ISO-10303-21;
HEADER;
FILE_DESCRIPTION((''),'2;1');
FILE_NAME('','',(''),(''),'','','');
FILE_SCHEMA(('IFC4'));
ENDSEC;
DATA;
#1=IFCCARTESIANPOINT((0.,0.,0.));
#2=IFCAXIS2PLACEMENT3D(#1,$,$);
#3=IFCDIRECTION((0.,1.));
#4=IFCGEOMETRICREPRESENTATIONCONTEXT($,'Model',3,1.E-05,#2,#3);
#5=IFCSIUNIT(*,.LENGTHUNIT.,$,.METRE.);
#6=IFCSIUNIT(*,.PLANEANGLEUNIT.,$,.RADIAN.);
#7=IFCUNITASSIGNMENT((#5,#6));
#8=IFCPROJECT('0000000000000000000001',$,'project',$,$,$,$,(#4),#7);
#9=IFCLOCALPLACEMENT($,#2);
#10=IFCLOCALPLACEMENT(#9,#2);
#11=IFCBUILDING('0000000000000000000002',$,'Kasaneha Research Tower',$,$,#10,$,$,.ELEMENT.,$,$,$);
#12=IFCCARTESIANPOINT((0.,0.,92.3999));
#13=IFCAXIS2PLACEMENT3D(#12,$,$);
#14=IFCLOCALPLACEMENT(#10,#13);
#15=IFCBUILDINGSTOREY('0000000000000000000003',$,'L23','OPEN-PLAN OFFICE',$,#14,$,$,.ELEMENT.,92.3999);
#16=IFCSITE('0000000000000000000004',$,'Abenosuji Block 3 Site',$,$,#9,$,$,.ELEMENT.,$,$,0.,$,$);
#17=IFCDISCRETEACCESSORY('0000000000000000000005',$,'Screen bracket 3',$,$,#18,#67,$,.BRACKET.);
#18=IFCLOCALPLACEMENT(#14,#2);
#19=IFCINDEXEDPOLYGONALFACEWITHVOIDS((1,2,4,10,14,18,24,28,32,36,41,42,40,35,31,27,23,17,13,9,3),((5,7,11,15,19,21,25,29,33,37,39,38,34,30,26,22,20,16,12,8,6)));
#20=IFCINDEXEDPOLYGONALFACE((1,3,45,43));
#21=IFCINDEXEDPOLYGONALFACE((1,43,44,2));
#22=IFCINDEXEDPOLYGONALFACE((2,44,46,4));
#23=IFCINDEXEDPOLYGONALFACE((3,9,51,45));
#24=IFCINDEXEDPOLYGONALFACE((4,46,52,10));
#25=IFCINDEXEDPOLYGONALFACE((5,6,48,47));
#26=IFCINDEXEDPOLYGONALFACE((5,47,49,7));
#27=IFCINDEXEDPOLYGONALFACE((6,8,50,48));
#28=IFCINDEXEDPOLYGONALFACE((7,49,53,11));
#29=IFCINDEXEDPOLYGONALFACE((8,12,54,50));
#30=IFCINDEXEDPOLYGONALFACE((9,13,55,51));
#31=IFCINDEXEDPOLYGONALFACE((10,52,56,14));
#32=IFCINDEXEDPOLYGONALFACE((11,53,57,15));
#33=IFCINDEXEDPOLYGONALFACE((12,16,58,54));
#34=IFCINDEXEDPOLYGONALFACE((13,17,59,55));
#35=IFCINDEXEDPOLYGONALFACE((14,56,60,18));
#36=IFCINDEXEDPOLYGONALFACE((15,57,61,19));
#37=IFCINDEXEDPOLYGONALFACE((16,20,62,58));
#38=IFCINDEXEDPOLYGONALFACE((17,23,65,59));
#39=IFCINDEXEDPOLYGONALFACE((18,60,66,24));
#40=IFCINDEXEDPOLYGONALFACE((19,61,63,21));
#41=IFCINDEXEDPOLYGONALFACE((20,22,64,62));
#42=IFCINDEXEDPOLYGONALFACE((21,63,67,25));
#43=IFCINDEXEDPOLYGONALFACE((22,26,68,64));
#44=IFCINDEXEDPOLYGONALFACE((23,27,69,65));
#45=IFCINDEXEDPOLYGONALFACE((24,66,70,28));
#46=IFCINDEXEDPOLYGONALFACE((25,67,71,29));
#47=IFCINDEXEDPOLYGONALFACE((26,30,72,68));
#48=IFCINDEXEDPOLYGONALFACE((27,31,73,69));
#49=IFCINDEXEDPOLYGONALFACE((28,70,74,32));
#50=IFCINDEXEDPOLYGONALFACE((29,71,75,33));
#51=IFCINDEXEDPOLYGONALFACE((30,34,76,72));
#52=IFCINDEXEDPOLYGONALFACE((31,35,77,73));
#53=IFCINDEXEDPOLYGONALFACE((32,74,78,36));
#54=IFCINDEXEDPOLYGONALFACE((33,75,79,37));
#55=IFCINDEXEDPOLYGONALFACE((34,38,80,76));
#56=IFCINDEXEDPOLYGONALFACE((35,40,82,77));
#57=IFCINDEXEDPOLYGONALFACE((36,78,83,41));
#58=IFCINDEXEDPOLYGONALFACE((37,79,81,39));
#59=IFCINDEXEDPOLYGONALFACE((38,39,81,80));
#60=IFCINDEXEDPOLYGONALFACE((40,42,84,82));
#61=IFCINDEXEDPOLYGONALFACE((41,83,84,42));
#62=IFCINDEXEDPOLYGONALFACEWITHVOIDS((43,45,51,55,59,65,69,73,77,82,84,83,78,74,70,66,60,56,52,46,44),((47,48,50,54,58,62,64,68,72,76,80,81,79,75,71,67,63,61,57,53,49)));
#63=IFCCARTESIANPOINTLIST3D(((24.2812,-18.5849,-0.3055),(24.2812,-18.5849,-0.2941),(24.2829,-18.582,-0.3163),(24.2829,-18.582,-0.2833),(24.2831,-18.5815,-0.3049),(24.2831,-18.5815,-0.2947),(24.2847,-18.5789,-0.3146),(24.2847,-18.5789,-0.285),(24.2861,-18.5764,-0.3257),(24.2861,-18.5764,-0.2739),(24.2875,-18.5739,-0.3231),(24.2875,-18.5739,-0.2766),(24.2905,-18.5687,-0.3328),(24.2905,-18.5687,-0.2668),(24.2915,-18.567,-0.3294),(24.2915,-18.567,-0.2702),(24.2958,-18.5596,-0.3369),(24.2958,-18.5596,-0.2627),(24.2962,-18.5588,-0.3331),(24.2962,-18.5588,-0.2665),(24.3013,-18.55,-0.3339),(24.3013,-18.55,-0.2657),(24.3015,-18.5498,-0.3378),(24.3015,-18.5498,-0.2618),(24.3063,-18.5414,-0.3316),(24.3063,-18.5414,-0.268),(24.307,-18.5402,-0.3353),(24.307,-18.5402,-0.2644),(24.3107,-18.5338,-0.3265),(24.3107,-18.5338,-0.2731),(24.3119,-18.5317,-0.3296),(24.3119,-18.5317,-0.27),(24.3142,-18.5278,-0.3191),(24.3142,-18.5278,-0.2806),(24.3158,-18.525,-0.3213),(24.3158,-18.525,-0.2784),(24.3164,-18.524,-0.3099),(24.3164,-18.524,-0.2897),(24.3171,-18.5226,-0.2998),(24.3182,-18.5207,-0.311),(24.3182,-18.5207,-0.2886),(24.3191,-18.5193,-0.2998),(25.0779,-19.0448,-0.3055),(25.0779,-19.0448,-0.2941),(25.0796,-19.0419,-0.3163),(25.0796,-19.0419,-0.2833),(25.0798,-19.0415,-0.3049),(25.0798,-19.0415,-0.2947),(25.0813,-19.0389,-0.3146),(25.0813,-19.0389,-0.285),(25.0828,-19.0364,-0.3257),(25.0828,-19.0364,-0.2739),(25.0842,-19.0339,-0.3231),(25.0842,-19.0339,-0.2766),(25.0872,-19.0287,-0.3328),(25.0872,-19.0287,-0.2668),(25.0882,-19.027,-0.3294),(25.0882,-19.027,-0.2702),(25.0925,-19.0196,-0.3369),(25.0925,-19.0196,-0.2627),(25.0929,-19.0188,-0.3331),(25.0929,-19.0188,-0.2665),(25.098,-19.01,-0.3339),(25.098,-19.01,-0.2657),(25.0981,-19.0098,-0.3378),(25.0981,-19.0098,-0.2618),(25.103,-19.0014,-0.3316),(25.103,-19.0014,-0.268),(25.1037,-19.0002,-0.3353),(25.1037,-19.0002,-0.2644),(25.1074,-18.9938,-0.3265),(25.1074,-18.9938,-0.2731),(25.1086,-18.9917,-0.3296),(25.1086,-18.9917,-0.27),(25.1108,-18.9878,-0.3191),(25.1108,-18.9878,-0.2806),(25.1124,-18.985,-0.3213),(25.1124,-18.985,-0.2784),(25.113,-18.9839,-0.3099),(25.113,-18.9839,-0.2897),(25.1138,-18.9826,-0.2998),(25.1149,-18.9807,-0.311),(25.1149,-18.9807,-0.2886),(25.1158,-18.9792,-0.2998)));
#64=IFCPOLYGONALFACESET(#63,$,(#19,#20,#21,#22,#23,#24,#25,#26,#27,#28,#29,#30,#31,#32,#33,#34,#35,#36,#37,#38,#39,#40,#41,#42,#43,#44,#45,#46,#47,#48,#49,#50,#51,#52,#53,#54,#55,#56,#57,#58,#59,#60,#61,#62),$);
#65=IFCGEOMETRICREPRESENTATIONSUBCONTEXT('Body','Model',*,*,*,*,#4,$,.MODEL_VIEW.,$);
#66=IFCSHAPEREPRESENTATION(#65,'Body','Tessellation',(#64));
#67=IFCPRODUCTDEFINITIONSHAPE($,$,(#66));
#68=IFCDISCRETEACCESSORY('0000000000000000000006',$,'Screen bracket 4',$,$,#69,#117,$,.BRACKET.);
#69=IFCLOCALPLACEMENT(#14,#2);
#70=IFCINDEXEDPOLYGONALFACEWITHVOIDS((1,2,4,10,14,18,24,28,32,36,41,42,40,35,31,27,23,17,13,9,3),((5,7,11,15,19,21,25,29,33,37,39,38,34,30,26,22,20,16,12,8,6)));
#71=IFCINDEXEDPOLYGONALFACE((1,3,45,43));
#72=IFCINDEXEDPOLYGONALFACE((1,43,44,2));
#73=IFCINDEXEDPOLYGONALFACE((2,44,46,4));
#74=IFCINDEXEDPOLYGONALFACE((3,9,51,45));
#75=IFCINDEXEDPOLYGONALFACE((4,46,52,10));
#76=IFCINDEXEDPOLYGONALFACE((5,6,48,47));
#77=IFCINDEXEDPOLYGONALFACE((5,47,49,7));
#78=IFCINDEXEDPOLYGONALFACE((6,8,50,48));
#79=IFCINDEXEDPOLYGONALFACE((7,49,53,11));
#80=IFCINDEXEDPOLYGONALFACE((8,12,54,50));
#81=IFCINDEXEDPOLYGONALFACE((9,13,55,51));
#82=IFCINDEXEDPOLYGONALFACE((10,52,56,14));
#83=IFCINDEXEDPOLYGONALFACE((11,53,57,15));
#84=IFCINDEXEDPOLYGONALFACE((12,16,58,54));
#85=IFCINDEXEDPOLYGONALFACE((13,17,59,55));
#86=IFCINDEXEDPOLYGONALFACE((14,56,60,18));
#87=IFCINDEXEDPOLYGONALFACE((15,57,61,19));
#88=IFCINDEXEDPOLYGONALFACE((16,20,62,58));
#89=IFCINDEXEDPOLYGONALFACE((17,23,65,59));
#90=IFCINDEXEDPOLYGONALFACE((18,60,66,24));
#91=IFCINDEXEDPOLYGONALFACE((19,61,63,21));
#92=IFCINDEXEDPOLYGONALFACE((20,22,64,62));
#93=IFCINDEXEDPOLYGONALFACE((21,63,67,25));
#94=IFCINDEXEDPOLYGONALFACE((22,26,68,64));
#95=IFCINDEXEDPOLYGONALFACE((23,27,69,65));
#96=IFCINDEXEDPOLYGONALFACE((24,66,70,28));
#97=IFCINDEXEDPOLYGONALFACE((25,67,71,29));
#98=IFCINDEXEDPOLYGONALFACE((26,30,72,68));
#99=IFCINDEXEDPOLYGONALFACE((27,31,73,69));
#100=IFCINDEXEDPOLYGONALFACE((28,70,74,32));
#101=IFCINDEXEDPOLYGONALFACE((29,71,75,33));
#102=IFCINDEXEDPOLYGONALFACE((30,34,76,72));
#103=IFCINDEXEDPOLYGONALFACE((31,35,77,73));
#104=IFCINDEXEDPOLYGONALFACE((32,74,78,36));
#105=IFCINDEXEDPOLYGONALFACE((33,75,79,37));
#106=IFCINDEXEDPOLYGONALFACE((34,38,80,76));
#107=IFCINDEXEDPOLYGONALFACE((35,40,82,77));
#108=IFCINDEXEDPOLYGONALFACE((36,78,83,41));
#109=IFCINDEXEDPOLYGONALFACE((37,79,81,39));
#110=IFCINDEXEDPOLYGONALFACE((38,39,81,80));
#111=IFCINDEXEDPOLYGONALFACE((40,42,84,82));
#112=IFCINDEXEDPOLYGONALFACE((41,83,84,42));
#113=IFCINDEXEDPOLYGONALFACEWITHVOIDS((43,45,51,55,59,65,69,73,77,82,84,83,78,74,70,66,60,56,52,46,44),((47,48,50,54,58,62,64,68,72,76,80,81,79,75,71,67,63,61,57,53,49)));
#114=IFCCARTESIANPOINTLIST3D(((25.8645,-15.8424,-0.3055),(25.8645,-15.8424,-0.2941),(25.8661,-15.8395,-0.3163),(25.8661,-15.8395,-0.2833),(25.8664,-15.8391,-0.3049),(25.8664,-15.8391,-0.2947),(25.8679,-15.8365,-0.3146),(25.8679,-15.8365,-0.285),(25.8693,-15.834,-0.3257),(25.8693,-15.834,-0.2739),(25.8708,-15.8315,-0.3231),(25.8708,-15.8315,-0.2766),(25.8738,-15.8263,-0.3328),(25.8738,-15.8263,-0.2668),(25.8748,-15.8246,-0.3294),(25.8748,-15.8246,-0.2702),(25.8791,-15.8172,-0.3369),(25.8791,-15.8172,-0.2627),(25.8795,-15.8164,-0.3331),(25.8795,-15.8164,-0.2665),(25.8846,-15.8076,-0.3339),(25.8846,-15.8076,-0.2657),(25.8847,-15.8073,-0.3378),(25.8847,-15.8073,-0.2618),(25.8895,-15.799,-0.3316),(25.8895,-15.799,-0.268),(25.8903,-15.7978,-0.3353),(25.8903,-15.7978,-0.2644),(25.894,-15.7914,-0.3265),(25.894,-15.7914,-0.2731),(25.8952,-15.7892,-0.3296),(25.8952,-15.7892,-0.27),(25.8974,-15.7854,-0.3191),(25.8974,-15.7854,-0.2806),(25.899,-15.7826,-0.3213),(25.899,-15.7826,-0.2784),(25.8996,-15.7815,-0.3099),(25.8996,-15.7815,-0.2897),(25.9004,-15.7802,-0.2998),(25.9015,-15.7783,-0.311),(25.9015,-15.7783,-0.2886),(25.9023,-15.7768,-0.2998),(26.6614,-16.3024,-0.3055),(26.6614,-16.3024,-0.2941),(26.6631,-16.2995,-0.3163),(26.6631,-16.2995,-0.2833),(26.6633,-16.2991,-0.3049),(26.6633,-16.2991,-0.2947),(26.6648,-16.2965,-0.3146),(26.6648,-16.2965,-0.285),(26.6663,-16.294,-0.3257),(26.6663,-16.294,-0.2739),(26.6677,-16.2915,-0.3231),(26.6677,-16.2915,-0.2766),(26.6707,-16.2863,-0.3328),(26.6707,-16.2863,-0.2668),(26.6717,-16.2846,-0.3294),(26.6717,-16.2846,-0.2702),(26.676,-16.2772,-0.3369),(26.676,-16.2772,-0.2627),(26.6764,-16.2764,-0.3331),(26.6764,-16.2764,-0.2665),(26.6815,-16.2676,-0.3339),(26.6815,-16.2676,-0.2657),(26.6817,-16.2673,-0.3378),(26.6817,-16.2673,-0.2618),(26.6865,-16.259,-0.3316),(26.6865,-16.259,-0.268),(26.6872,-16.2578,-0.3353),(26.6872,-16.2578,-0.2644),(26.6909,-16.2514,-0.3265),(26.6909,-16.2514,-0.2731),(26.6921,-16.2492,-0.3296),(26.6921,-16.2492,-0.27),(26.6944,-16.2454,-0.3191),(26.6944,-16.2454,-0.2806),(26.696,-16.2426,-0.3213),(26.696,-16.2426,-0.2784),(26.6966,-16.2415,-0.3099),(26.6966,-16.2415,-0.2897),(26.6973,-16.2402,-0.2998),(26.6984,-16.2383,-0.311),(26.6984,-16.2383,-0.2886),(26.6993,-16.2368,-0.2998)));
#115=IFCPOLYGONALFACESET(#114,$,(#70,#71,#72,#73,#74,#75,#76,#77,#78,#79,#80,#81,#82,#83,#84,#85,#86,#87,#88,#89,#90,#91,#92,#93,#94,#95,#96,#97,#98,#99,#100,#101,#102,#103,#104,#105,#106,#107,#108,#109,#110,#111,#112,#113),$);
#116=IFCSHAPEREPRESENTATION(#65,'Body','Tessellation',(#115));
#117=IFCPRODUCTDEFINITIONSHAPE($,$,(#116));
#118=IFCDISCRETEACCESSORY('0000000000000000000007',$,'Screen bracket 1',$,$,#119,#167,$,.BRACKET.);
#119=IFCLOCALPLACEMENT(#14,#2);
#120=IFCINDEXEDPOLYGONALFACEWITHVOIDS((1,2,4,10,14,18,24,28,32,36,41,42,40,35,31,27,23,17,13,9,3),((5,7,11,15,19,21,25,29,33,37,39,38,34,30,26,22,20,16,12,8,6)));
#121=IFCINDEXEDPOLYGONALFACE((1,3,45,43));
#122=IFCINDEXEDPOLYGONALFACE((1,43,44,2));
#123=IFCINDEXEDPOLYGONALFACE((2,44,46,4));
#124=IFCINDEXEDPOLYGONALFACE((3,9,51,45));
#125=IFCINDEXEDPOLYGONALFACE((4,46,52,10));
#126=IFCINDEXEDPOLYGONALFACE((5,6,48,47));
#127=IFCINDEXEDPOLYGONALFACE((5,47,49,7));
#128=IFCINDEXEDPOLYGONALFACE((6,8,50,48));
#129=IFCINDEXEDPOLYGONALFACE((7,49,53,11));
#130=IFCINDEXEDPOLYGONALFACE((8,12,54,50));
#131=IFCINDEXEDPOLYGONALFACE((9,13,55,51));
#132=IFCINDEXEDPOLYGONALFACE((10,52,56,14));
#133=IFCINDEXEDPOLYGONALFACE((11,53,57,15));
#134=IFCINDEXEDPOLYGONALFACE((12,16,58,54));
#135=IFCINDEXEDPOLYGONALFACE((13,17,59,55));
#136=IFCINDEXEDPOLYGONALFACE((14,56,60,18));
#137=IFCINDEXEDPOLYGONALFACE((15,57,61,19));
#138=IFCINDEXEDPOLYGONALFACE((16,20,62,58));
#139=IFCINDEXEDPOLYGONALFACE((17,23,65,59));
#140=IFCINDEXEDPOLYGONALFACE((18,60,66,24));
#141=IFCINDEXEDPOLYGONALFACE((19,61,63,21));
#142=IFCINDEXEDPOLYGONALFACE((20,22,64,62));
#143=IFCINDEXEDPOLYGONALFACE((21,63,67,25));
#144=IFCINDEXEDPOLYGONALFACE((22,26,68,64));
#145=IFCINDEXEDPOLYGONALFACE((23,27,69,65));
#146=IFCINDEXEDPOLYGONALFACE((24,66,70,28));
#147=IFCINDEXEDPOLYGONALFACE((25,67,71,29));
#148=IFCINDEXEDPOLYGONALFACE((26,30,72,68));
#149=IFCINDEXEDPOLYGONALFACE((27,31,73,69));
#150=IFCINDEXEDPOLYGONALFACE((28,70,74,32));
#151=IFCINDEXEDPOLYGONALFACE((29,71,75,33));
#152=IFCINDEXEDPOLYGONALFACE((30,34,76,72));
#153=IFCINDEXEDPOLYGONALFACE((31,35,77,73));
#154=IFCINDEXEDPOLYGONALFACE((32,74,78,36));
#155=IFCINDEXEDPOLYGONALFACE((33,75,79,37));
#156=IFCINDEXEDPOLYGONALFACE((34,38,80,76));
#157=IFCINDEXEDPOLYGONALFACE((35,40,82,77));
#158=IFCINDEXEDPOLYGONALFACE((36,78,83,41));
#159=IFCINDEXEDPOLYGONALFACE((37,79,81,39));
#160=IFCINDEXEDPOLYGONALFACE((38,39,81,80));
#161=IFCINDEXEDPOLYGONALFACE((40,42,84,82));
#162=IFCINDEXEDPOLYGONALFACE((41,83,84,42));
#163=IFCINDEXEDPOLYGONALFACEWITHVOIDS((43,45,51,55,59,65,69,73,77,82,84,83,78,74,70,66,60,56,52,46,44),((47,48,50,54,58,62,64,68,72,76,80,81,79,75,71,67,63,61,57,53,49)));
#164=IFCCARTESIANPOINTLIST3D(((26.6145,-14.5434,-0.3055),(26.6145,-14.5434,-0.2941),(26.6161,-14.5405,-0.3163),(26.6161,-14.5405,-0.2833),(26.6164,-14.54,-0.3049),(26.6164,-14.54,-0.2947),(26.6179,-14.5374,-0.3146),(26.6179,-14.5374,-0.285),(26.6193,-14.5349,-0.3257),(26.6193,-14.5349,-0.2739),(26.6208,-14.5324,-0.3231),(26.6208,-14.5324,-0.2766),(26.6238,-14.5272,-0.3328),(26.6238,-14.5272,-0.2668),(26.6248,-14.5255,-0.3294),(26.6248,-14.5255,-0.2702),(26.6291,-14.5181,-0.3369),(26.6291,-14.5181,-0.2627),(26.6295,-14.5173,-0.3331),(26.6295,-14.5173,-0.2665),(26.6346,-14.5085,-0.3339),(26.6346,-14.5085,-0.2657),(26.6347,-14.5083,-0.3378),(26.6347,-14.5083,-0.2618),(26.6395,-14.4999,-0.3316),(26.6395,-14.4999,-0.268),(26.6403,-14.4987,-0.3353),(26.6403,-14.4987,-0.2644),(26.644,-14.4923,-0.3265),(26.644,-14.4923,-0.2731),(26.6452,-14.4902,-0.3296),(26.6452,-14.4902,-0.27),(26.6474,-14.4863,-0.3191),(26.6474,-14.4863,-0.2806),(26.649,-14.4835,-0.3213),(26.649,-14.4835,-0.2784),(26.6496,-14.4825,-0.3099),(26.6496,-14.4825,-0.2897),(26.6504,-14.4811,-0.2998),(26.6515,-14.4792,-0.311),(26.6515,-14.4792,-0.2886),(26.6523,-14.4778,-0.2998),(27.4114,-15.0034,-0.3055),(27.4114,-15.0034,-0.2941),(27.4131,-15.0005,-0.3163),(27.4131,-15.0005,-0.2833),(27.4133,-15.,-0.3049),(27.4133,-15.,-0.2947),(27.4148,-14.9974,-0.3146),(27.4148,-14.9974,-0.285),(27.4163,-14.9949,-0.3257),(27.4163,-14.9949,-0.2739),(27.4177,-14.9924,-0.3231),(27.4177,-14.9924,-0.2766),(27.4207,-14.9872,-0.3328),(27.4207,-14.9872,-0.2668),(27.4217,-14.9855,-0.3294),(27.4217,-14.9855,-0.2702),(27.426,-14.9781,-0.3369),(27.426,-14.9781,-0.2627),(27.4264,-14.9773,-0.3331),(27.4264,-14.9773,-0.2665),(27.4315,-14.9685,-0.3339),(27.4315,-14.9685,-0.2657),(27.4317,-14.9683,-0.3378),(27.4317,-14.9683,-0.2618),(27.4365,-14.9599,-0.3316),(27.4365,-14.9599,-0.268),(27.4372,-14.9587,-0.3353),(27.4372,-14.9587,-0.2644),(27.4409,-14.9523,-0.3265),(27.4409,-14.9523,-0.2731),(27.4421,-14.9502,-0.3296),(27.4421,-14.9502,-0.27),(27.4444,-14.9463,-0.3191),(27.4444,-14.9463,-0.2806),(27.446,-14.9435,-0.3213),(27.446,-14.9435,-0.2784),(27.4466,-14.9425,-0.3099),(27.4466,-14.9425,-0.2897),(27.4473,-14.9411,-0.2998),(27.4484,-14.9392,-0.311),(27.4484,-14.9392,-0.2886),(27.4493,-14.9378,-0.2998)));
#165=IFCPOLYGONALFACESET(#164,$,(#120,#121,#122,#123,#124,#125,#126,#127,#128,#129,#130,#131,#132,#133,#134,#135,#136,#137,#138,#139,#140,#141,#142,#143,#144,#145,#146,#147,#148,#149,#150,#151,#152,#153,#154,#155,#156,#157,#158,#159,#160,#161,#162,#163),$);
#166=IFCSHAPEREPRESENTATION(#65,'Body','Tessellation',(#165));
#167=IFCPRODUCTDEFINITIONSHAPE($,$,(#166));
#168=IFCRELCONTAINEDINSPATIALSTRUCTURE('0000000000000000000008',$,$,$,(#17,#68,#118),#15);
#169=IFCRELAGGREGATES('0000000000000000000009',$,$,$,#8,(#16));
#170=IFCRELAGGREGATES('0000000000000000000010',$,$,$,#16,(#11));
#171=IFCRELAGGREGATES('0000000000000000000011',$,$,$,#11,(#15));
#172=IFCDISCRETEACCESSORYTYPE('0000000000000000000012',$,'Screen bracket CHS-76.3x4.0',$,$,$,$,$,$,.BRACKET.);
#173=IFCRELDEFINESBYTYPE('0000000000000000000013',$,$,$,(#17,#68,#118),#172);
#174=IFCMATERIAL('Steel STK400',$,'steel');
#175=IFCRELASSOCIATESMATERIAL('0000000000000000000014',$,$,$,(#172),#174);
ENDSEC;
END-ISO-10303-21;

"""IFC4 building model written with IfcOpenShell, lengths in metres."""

from ifc_helpers import new_model, si_unit, direction, frame, origin, origin_2d, place, context, subcontext, project, spatial, hollow_circle, extrude, material, material_profile, profile_set, type_object, element, save


model = new_model("IFC4")

# Units and contexts
model_context = context("Model", 3, precision=1e-05, world=origin(), true_north=direction((0.0, 1.0)))
body_context = subcontext(model_context, "Body", "Model", "MODEL_VIEW")
ifc_project = project(units=[si_unit("LENGTHUNIT", "METRE"), si_unit("PLANEANGLEUNIT", "RADIAN")], contexts=[model_context])

# Site, building, storey
site_placement = place(None, origin())
site = spatial("IfcSite", under=ifc_project, at=site_placement, Name="Abenosuji Block 3 Site", CompositionType="ELEMENT", RefElevation=0.0)
building_placement = place(site_placement, origin())
building = spatial("IfcBuilding", under=site, at=building_placement, Name="Kasaneha Research Tower", CompositionType="ELEMENT")
storey_placement = place(building_placement, frame((0.0, 0.0, 92.3999)))
storey = spatial("IfcBuildingStorey", under=building, at=storey_placement, Name="L23", Description="OPEN-PLAN OFFICE", CompositionType="ELEMENT", Elevation=92.3999)

# Discrete accessories
ifc_material_1 = material(Name="Steel STK400", Category="steel")
ifc_material_profile_1 = material_profile(ifc_material_1, hollow_circle(Radius=0.0381, WallThickness=0.0039, at=origin_2d()), Name="CHS-76.3x4.0")
ifc_profile_set_1 = profile_set([ifc_material_profile_1], Name="Steel STK400")
discrete_accessory_type = type_object("IfcDiscreteAccessoryType", Name="Screen bracket CHS-76.3x4.0", PredefinedType="BRACKET", material=ifc_profile_set_1)
discrete_accessory_1_placement = place(storey_placement, frame((24.3, -18.5522, -0.2998), z_axis=(0.866013, -0.500021, 0.0), x_axis=(0.500021, 0.866013, 0.0)))
element("IfcDiscreteAccessory", 1, at=discrete_accessory_1_placement, inside=storey, type_object=discrete_accessory_type, Name="Screen bracket 3", PredefinedType="BRACKET", context=body_context, shape_type="SweptSolid", body=[
    extrude(hollow_circle(Radius=0.0381, WallThickness=0.0039, at=origin_2d()), origin(), (0.0, 0.0, 1.0), 0.9199),
])
for number, where, z_axis, x_axis, name in (
    (2, (25.8833, -15.8098, -0.2998), (0.86608, -0.499906, 0.0), (0.499906, 0.86608, 0.0), "Screen bracket 4"),
    (3, (26.6333, -14.5107, -0.2998), (0.86608, -0.499906, 0.0), (0.499906, 0.86608, 0.0), "Screen bracket 1"),
):
    element("IfcDiscreteAccessory", number, at=place(storey_placement, frame(where, z_axis=z_axis, x_axis=x_axis)), inside=storey, type_object=discrete_accessory_type, Name=name, PredefinedType="BRACKET", context=body_context, shape_type="SweptSolid", body=[
        extrude(hollow_circle(Radius=0.0381, WallThickness=0.0039, at=origin_2d()), origin(), (0.0, 0.0, 1.0), 0.9202),
    ])

save(model, "model.ifc")
